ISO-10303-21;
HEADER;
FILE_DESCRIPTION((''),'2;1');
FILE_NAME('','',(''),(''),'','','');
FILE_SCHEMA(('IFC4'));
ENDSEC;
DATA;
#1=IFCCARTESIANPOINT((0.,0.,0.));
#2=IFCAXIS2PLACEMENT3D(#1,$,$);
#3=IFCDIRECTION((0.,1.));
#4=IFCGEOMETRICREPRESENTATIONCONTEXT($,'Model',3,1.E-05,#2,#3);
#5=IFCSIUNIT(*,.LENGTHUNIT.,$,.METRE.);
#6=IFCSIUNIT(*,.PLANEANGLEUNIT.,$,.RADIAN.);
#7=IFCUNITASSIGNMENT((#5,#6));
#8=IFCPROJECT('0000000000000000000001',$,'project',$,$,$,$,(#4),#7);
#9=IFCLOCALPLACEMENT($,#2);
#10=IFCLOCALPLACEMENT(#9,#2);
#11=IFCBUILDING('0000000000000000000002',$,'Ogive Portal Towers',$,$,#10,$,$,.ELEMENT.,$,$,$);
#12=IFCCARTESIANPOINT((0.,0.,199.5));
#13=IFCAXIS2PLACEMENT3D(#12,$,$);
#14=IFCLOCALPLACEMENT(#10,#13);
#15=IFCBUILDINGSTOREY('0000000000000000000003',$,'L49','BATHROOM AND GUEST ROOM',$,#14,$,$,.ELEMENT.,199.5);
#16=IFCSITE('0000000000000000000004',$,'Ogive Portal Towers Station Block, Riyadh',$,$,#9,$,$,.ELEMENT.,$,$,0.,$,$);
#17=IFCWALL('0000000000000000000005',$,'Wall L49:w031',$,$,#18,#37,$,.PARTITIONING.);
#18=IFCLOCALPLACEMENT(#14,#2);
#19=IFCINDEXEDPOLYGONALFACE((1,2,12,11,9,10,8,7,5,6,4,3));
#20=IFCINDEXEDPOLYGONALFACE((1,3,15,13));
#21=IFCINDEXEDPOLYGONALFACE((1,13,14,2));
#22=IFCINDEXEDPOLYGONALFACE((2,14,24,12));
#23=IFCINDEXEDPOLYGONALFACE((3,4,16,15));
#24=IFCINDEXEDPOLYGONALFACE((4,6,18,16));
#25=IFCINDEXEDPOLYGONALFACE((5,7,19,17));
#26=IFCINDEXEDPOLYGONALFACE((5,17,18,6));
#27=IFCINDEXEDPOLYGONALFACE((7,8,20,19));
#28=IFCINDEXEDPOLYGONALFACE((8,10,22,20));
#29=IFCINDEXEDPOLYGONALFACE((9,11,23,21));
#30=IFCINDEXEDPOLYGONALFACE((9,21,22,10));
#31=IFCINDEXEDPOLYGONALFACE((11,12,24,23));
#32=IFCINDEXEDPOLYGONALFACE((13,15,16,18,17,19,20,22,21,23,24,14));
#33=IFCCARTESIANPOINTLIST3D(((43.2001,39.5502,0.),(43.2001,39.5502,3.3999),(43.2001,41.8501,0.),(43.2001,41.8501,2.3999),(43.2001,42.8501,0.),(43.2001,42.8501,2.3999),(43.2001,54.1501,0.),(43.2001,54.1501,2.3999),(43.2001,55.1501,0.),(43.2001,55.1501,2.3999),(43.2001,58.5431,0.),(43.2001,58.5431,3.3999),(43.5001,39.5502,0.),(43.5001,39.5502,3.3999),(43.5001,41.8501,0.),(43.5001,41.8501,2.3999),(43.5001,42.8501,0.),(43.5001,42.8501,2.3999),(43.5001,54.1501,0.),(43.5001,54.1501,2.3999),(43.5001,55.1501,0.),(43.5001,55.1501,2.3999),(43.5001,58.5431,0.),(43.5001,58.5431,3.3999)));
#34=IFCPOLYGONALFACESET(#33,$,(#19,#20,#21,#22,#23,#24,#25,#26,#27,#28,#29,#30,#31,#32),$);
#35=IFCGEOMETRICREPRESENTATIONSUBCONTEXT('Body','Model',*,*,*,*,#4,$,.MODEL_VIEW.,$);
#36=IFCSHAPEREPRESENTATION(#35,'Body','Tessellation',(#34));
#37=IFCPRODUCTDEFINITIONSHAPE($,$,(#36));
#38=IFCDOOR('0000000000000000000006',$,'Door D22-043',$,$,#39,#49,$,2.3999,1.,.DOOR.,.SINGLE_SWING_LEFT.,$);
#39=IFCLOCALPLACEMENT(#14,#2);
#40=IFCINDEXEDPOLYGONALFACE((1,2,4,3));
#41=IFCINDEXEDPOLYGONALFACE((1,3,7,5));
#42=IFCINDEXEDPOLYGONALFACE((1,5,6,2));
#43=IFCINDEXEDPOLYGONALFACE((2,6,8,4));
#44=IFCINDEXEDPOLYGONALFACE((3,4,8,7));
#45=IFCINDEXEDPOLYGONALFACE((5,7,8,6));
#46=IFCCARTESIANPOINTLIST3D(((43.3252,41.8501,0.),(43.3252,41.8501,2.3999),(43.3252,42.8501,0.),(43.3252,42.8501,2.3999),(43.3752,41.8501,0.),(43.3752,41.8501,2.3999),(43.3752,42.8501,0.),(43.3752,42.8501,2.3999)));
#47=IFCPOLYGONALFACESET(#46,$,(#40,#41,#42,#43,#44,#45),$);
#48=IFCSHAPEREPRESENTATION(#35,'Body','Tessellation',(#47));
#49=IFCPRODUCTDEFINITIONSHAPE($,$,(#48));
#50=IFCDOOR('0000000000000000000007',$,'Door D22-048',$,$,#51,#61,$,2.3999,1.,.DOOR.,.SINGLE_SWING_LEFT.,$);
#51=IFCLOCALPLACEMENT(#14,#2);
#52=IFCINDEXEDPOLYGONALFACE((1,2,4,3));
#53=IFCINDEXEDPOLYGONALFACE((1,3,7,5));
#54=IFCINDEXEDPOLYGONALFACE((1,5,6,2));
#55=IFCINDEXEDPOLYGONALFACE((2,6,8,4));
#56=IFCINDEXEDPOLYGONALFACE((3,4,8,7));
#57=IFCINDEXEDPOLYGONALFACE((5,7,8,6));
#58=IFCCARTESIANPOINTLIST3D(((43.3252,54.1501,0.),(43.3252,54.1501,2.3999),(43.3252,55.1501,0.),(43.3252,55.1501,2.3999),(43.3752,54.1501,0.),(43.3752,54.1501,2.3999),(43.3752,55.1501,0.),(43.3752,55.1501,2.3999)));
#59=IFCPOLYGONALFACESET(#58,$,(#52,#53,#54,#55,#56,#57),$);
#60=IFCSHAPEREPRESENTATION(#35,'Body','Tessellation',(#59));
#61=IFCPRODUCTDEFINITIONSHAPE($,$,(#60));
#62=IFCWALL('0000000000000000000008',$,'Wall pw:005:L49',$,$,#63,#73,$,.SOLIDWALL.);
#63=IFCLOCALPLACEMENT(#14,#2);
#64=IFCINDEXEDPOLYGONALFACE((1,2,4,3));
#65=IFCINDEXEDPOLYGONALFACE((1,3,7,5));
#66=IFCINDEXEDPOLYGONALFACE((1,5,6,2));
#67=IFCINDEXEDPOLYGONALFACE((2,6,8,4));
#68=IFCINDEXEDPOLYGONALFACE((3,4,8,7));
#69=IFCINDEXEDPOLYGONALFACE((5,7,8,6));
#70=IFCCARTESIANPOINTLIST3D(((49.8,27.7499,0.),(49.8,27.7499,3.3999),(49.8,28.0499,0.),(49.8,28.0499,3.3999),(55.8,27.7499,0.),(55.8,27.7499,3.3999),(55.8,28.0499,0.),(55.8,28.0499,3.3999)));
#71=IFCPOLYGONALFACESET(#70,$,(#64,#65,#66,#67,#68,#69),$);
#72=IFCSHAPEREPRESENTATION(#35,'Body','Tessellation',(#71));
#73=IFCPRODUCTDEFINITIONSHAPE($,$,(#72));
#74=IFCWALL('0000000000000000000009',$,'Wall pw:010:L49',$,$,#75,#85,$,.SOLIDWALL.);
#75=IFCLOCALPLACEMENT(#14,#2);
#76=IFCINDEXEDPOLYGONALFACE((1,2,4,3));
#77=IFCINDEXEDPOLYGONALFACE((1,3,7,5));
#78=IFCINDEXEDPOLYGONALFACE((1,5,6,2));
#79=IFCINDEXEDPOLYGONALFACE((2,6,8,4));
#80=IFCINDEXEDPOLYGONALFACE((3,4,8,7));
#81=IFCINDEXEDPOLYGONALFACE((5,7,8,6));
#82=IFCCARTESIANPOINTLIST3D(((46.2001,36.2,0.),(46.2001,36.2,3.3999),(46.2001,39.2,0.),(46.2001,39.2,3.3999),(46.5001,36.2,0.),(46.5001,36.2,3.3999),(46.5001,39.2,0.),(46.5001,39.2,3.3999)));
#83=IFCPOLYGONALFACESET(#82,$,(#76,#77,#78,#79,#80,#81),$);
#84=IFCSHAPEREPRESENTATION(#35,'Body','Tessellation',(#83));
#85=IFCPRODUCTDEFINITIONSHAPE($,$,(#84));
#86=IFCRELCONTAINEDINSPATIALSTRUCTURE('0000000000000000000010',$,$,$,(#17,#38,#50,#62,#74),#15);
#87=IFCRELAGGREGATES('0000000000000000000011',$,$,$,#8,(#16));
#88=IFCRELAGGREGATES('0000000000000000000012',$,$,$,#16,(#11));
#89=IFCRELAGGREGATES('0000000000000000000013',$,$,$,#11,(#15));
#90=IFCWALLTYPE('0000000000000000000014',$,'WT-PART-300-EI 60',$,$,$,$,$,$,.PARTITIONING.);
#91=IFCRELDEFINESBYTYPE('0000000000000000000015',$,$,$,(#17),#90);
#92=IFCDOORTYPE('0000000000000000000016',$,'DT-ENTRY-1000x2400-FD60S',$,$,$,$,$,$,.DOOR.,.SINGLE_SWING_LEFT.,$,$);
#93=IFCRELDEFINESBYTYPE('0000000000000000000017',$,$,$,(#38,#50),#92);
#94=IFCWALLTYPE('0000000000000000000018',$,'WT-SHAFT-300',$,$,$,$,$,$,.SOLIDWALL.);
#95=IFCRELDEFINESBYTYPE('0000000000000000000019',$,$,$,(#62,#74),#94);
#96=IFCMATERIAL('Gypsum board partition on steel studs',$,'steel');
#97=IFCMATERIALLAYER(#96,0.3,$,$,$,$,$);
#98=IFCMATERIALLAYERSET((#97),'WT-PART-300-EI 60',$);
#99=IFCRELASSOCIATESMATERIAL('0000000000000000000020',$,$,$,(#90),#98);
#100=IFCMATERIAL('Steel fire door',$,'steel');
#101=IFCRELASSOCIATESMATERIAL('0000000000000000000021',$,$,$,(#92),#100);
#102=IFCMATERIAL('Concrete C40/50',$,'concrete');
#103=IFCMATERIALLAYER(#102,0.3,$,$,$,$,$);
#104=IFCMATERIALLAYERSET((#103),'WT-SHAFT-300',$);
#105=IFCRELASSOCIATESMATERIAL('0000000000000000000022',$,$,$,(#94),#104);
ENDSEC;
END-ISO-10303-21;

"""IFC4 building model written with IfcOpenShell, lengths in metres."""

from ifc_helpers import new_model, si_unit, direction, frame, frame_2d, origin, place, context, subcontext, project, spatial, rectangle, extrude, material, layer, layer_set, type_object, element, fill, save


model = new_model("IFC4")

# Units and contexts
model_context = context("Model", 3, precision=1e-05, world=origin(), true_north=direction((0.0, 1.0)))
body_context = subcontext(model_context, "Body", "Model", "MODEL_VIEW")
ifc_project = project(units=[si_unit("LENGTHUNIT", "METRE"), si_unit("PLANEANGLEUNIT", "RADIAN")], contexts=[model_context])

# Site, building, storey
site_placement = place(None, origin())
site = spatial("IfcSite", under=ifc_project, at=site_placement, Name="Ogive Portal Towers Station Block, Riyadh", CompositionType="ELEMENT", RefElevation=0.0)
building_placement = place(site_placement, origin())
building = spatial("IfcBuilding", under=site, at=building_placement, Name="Ogive Portal Towers", CompositionType="ELEMENT")
storey_placement = place(building_placement, frame((0.0, 0.0, 199.5)))
storey = spatial("IfcBuildingStorey", under=building, at=storey_placement, Name="L49", Description="BATHROOM AND GUEST ROOM", CompositionType="ELEMENT", Elevation=199.5)

# Shared definitions
ifc_material_1 = material(Name="Steel fire door", Category="steel")

# Shared definitions
ifc_material_2 = material(Name="Gypsum board partition on steel studs", Category="steel")
ifc_layer_1 = layer(ifc_material_2, 0.3)
ifc_layer_set_1 = layer_set([ifc_layer_1], Name="WT-PART-300-EI 60")
wall_type_1 = type_object("IfcWallType", Name="WT-PART-300-EI 60", PredefinedType="PARTITIONING", material=ifc_layer_set_1)

# Wall, openings, doors
door_type_1 = type_object("IfcDoorType", Name="DT-ENTRY-1000x2400-FD60S", OperationType="SINGLE_SWING_LEFT", PredefinedType="DOOR", material=ifc_material_1)
wall_1_placement = place(storey_placement, frame((43.3501, 39.55, 0.0), z_axis=(0.0, 0.0, 1.0), x_axis=(0.0, 1.0, 0.0)))
wall_1 = element("IfcWall", 1, at=wall_1_placement, inside=storey, type_object=wall_type_1, Name="Wall L49:w031", PredefinedType="PARTITIONING", context=body_context, shape_type="SweptSolid", body=[
    extrude(rectangle(XDim=18.9929, YDim=0.3, at=frame_2d((9.4966, 0.0))), origin(), (0.0, 0.0, 1.0), 3.3999),
])
opening_1_placement = place(wall_1_placement, frame((2.3, 0.0, 0.0)))
opening_1 = element("IfcOpeningElement", 2, at=opening_1_placement, cuts=wall_1, PredefinedType="OPENING", context=body_context, shape_type="SweptSolid", body=[
    extrude(rectangle(XDim=1.0, YDim=2.3999, at=frame_2d((0.5, 1.2))), frame((0.0, 0.1602, 0.0), z_axis=(0.0, -1.0, 0.0), x_axis=(1.0, 0.0, 0.0)), (0.0, 0.0, 1.0), 0.3201),
])
opening_2_placement = place(wall_1_placement, frame((14.6001, 0.0, 0.0)))
opening_2 = element("IfcOpeningElement", 3, at=opening_2_placement, cuts=wall_1, PredefinedType="OPENING", context=body_context, shape_type="SweptSolid", body=[
    extrude(rectangle(XDim=1.0, YDim=2.3999, at=frame_2d((0.5, 1.2))), frame((0.0, 0.1602, 0.0), z_axis=(0.0, -1.0, 0.0), x_axis=(1.0, 0.0, 0.0)), (0.0, 0.0, 1.0), 0.3201),
])
door_1_placement = place(opening_1_placement, origin())
door_1 = element("IfcDoor", 4, at=door_1_placement, inside=storey, type_object=door_type_1, Name="Door D22-043", OperationType="SINGLE_SWING_LEFT", OverallHeight=2.3999, OverallWidth=1.0, PredefinedType="DOOR", context=body_context, shape_type="SweptSolid", body=[
    extrude(rectangle(XDim=1.0, YDim=2.3999, at=frame_2d((0.5, 1.2))), frame((0.0, 0.0249, 0.0), z_axis=(0.0, -1.0, 0.0), x_axis=(1.0, 0.0, 0.0)), (0.0, 0.0, 1.0), 0.05),
])
fill(opening_1, door_1)
door_2_placement = place(opening_2_placement, origin())
door_2 = element("IfcDoor", 5, at=door_2_placement, inside=storey, type_object=door_type_1, Name="Door D22-048", OperationType="SINGLE_SWING_LEFT", OverallHeight=2.3999, OverallWidth=1.0, PredefinedType="DOOR", context=body_context, shape_type="SweptSolid", body=[
    extrude(rectangle(XDim=1.0, YDim=2.3999, at=frame_2d((0.5, 1.2))), frame((0.0, 0.0249, 0.0), z_axis=(0.0, -1.0, 0.0), x_axis=(1.0, 0.0, 0.0)), (0.0, 0.0, 1.0), 0.05),
])
fill(opening_2, door_2)

# Walls
ifc_material_3 = material(Name="Concrete C40/50", Category="concrete")
ifc_layer_2 = layer(ifc_material_3, 0.3)
ifc_layer_set_2 = layer_set([ifc_layer_2], Name="WT-SHAFT-300")
wall_type_2 = type_object("IfcWallType", Name="WT-SHAFT-300", PredefinedType="SOLIDWALL", material=ifc_layer_set_2)
wall_2_placement = place(storey_placement, frame((49.8, 27.8999, 0.0), z_axis=(0.0, 0.0, 1.0), x_axis=(1.0, 0.0, 0.0)))
element("IfcWall", 6, at=wall_2_placement, inside=storey, type_object=wall_type_2, Name="Wall pw:005:L49", PredefinedType="SOLIDWALL", context=body_context, shape_type="SweptSolid", body=[
    extrude(rectangle(XDim=6.0, YDim=0.3, at=frame_2d((3.0, 0.0))), origin(), (0.0, 0.0, 1.0), 3.3999),
])
wall_3_placement = place(storey_placement, frame((46.3501, 36.2, 0.0), z_axis=(0.0, 0.0, 1.0), x_axis=(0.0, 1.0, 0.0)))
element("IfcWall", 7, at=wall_3_placement, inside=storey, type_object=wall_type_2, Name="Wall pw:010:L49", PredefinedType="SOLIDWALL", context=body_context, shape_type="SweptSolid", body=[
    extrude(rectangle(XDim=3.0, YDim=0.3, at=frame_2d((1.5, 0.0))), origin(), (0.0, 0.0, 1.0), 3.3999),
])

save(model, "model.ifc")
